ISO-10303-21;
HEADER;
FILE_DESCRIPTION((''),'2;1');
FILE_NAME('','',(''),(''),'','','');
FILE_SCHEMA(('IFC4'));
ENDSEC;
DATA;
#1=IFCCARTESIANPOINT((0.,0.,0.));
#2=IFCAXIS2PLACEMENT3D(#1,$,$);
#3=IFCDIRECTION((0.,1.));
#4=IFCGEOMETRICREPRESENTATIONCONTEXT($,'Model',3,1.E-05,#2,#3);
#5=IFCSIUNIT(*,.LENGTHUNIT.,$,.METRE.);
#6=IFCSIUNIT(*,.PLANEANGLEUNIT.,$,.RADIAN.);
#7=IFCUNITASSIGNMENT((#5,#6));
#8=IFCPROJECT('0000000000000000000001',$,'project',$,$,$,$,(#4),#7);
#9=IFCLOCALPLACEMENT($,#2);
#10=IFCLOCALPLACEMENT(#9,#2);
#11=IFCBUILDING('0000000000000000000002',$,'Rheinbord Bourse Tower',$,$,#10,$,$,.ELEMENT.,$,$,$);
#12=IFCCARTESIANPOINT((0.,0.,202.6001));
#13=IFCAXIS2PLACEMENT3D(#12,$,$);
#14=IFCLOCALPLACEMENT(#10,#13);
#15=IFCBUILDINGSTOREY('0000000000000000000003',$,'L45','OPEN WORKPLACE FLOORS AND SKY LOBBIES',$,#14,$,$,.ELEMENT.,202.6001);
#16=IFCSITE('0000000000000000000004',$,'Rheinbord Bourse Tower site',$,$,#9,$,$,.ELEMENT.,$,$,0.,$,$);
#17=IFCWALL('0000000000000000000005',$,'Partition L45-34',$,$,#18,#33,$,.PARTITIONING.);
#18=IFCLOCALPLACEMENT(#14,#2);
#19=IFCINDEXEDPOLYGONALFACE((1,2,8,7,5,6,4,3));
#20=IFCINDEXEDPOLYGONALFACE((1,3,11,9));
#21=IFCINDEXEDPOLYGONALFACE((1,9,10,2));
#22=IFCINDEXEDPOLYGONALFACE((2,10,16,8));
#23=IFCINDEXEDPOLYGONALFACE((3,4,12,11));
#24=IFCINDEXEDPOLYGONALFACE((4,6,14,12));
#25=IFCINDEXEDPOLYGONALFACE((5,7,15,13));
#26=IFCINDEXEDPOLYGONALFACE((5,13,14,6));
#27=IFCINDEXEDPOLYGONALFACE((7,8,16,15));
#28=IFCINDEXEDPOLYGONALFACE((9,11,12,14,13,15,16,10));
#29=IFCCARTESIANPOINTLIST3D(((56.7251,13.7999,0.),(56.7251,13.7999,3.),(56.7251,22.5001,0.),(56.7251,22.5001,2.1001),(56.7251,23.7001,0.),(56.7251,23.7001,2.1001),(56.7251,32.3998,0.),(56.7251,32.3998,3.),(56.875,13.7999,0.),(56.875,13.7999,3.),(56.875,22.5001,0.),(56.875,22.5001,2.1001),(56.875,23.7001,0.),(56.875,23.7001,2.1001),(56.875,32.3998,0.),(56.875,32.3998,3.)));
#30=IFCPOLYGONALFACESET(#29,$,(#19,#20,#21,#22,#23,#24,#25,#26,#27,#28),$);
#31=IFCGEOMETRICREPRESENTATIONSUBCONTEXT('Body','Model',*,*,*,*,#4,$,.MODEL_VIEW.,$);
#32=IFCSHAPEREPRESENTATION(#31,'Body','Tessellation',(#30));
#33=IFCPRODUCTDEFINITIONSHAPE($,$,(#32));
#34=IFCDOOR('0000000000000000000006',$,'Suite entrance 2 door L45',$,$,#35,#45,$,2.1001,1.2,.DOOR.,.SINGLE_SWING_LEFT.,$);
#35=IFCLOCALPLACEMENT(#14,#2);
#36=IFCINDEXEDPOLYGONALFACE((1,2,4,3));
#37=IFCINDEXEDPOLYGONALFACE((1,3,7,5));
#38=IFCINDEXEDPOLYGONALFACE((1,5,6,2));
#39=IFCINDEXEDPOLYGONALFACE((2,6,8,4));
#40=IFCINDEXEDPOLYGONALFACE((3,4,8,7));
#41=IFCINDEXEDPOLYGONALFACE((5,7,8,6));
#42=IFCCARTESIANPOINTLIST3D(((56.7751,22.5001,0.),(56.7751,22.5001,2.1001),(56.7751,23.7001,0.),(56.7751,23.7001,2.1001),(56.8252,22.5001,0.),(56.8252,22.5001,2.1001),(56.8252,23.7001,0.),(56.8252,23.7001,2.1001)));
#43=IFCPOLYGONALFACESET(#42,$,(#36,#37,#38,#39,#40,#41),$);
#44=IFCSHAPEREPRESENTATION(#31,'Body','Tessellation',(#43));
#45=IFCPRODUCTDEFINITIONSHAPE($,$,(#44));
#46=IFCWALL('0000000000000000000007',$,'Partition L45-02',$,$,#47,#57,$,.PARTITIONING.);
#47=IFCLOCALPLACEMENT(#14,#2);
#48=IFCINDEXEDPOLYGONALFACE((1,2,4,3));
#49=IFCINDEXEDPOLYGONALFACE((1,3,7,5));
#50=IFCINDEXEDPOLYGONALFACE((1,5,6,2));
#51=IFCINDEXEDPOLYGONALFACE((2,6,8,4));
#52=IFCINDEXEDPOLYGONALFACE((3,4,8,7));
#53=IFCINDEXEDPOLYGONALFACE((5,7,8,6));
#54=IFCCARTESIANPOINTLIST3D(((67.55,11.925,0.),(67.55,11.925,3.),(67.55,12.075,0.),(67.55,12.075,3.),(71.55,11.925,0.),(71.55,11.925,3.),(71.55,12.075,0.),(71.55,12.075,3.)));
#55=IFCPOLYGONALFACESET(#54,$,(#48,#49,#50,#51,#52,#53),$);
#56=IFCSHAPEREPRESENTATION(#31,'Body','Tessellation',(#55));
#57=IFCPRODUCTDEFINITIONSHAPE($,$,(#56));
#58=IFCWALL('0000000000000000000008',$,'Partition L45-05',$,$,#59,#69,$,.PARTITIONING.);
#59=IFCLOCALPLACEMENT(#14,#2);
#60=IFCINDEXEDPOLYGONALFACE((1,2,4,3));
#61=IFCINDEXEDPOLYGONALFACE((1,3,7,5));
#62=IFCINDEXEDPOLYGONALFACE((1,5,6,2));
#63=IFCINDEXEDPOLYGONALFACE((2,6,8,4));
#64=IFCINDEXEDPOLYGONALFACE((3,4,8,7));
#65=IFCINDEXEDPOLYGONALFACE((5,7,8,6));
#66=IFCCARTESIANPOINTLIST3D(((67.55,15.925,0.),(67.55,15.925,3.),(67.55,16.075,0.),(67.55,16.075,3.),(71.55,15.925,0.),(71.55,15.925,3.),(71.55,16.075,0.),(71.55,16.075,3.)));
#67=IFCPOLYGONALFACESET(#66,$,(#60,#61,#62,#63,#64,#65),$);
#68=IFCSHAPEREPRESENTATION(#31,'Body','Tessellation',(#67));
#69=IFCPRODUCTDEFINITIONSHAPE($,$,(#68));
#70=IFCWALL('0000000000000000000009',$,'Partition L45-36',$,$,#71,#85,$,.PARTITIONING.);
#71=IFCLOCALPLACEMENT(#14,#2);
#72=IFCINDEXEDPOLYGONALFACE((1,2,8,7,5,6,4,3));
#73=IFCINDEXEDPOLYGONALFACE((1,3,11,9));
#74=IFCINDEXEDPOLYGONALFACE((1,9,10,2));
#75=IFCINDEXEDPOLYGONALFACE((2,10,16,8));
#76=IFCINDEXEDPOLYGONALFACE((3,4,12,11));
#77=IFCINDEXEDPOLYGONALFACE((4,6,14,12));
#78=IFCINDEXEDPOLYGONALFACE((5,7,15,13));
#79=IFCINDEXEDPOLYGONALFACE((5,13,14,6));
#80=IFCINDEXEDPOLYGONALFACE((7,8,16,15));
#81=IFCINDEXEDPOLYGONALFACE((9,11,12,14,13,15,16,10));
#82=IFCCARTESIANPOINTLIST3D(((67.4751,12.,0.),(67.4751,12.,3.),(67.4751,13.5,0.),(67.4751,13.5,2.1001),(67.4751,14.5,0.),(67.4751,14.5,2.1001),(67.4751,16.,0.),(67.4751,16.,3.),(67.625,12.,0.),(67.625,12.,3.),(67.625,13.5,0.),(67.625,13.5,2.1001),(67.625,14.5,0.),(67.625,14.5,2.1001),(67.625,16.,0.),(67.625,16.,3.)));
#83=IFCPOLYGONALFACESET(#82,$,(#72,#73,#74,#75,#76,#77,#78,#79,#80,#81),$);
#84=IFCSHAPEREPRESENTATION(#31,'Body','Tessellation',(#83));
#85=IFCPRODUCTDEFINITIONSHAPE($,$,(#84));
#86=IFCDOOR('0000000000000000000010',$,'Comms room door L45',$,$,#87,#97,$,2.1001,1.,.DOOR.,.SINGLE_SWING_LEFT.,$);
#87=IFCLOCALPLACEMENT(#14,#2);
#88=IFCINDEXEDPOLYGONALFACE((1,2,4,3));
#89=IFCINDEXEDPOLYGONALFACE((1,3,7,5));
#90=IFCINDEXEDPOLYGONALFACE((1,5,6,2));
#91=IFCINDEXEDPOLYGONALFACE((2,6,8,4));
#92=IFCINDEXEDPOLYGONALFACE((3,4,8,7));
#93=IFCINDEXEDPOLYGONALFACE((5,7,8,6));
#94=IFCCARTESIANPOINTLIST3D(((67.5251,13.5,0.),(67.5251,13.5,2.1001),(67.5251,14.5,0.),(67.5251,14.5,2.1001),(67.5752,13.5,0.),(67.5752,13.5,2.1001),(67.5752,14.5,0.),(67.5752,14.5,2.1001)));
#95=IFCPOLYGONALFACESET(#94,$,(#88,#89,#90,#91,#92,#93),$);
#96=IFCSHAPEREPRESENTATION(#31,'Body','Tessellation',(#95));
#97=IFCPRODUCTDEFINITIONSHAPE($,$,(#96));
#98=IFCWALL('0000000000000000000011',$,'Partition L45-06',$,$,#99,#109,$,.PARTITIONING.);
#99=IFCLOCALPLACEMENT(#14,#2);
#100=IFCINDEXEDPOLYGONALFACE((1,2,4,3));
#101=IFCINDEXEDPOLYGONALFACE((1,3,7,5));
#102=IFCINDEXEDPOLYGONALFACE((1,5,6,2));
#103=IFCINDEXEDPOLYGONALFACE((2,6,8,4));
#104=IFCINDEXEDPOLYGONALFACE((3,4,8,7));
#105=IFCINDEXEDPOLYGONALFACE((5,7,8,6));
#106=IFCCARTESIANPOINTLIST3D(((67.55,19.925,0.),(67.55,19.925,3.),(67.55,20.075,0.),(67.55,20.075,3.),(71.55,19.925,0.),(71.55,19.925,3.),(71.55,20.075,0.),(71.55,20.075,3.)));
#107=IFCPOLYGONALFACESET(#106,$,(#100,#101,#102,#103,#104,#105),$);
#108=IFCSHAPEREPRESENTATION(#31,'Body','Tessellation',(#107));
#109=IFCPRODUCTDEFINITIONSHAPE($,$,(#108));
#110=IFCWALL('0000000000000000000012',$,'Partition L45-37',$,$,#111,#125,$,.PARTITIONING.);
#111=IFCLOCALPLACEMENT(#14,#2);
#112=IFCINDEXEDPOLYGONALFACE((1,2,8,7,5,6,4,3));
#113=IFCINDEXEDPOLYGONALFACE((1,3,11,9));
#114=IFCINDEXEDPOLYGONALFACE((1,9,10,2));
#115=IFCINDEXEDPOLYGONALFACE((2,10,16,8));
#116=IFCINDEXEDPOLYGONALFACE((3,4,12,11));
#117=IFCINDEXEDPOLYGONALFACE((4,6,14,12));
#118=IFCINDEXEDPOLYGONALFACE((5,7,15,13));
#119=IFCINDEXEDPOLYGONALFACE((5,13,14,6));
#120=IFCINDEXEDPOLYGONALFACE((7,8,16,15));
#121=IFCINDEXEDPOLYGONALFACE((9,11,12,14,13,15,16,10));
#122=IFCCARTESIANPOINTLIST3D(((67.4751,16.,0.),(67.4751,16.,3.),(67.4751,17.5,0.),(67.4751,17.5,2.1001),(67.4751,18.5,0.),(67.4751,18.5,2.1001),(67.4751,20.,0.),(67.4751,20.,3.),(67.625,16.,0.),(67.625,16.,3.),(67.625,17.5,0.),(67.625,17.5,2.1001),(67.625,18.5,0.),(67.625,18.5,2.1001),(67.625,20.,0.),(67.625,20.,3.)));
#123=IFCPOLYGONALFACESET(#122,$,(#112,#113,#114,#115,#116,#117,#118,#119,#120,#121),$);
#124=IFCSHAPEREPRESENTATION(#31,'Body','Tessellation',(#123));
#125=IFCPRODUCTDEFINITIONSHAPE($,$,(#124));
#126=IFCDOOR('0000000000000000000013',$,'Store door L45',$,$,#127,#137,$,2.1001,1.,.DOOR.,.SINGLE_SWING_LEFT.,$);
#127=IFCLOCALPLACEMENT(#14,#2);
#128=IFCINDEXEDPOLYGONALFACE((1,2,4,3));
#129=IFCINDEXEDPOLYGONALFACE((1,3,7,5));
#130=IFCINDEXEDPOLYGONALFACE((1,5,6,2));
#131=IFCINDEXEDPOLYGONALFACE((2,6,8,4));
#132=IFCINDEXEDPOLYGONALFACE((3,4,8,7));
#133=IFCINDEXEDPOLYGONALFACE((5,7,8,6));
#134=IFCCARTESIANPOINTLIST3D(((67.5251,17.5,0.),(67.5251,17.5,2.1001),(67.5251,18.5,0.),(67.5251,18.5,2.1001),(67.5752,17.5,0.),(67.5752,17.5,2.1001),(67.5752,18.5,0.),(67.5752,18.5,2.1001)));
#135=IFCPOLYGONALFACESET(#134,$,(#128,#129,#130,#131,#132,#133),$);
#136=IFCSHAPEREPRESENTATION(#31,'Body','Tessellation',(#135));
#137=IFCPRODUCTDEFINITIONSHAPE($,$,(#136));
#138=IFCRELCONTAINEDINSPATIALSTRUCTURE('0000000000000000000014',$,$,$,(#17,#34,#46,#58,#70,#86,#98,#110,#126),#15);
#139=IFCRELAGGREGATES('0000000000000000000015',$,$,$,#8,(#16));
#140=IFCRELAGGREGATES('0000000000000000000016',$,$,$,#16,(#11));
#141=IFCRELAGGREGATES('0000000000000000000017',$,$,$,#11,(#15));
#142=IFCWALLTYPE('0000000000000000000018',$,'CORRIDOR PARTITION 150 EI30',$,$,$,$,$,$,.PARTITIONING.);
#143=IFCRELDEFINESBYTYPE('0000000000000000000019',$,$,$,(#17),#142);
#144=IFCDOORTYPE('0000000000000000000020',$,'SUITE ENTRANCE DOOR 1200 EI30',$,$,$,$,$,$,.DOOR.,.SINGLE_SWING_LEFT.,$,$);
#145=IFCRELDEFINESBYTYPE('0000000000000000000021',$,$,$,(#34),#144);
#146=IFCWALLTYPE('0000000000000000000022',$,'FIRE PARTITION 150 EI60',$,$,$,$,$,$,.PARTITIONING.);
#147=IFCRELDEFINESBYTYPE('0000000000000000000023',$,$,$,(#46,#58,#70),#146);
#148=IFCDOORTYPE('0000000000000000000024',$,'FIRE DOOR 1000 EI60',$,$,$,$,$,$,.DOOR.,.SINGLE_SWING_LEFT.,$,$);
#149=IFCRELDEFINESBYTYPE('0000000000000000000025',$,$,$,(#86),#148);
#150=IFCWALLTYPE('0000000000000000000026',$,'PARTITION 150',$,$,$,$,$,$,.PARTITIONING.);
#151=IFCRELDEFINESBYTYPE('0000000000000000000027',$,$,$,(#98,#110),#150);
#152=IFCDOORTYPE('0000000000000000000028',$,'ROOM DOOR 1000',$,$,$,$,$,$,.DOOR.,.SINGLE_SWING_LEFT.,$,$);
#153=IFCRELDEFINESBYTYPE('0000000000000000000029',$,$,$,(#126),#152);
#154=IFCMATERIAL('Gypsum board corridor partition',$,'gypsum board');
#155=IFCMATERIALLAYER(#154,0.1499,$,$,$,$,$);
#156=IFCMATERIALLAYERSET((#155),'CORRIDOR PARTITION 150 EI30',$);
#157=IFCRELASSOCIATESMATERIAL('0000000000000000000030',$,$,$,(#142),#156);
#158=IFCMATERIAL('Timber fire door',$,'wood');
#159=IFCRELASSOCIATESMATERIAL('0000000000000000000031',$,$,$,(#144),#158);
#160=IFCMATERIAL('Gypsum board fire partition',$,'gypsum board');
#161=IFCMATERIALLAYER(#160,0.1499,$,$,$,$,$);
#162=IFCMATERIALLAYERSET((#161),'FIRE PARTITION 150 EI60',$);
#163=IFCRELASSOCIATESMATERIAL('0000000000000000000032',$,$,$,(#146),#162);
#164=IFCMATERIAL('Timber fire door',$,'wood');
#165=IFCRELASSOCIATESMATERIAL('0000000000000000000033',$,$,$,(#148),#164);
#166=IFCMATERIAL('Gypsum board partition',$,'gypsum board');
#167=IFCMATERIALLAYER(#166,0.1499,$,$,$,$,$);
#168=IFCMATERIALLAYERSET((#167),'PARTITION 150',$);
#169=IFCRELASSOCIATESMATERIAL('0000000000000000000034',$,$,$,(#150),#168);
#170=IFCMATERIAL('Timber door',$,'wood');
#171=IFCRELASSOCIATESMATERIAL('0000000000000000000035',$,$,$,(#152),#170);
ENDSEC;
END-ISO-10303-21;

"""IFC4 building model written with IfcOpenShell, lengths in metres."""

from ifc_helpers import new_model, si_unit, direction, frame, frame_2d, origin, place, context, subcontext, project, spatial, rectangle, extrude, material, layer, layer_set, type_object, element, fill, save


model = new_model("IFC4")

# Units and contexts
model_context = context("Model", 3, precision=1e-05, world=origin(), true_north=direction((0.0, 1.0)))
body_context = subcontext(model_context, "Body", "Model", "MODEL_VIEW")
ifc_project = project(units=[si_unit("LENGTHUNIT", "METRE"), si_unit("PLANEANGLEUNIT", "RADIAN")], contexts=[model_context])

# Site, building, storey
site_placement = place(None, origin())
site = spatial("IfcSite", under=ifc_project, at=site_placement, Name="Rheinbord Bourse Tower site", CompositionType="ELEMENT", RefElevation=0.0)
building_placement = place(site_placement, origin())
building = spatial("IfcBuilding", under=site, at=building_placement, Name="Rheinbord Bourse Tower", CompositionType="ELEMENT")
storey_placement = place(building_placement, frame((0.0, 0.0, 202.6001)))
storey = spatial("IfcBuildingStorey", under=building, at=storey_placement, Name="L45", Description="OPEN WORKPLACE FLOORS AND SKY LOBBIES", CompositionType="ELEMENT", Elevation=202.6001)

# Wall, opening, door
ifc_material_1 = material(Name="Gypsum board corridor partition", Category="gypsum board")
ifc_layer_1 = layer(ifc_material_1, 0.1499)
ifc_layer_set_1 = layer_set([ifc_layer_1], Name="CORRIDOR PARTITION 150 EI30")
wall_type_1 = type_object("IfcWallType", Name="CORRIDOR PARTITION 150 EI30", PredefinedType="PARTITIONING", material=ifc_layer_set_1)
wall_1_placement = place(storey_placement, frame((56.8, 13.8, 0.0), z_axis=(0.0, 0.0, 1.0), x_axis=(0.0, 1.0, 0.0)))
wall_1 = element("IfcWall", 1, at=wall_1_placement, inside=storey, type_object=wall_type_1, Name="Partition L45-34", PredefinedType="PARTITIONING", context=body_context, shape_type="SweptSolid", body=[
    extrude(rectangle(XDim=18.5999, YDim=0.1499, at=frame_2d((9.2998, 0.0))), origin(), (0.0, 0.0, 1.0), 3.0),
])
opening_1_placement = place(wall_1_placement, frame((8.7, 0.0, 0.0)))
opening_1 = element("IfcOpeningElement", 2, at=opening_1_placement, cuts=wall_1, PredefinedType="OPENING", context=body_context, shape_type="SweptSolid", body=[
    extrude(rectangle(XDim=1.2, YDim=2.1001, at=frame_2d((0.6001, 1.05))), frame((0.0, 0.085, 0.0), z_axis=(0.0, -1.0, 0.0), x_axis=(1.0, 0.0, 0.0)), (0.0, 0.0, 1.0), 0.1699),
])
ifc_material_2 = material(Name="Timber fire door", Category="wood")
door_type_1 = type_object("IfcDoorType", Name="SUITE ENTRANCE DOOR 1200 EI30", OperationType="SINGLE_SWING_LEFT", PredefinedType="DOOR", material=ifc_material_2)
door_1_placement = place(opening_1_placement, origin())
door_1 = element("IfcDoor", 3, at=door_1_placement, inside=storey, type_object=door_type_1, Name="Suite entrance 2 door L45", OperationType="SINGLE_SWING_LEFT", OverallHeight=2.1001, OverallWidth=1.2, PredefinedType="DOOR", context=body_context, shape_type="SweptSolid", body=[
    extrude(rectangle(XDim=1.2, YDim=2.1001, at=frame_2d((0.6001, 1.05))), frame((0.0, 0.0249, 0.0), z_axis=(0.0, -1.0, 0.0), x_axis=(1.0, 0.0, 0.0)), (0.0, 0.0, 1.0), 0.05),
])
fill(opening_1, door_1)

# Walls
ifc_material_3 = material(Name="Gypsum board fire partition", Category="gypsum board")
ifc_layer_2 = layer(ifc_material_3, 0.1499)
ifc_layer_set_2 = layer_set([ifc_layer_2], Name="FIRE PARTITION 150 EI60")
wall_type_2 = type_object("IfcWallType", Name="FIRE PARTITION 150 EI60", PredefinedType="PARTITIONING", material=ifc_layer_set_2)
for number, where, z_axis, x_axis, name in (
    (4, (67.55, 12.0, 0.0), (0.0, 0.0, 1.0), (1.0, 0.0, 0.0), "Partition L45-02"),
    (5, (67.55, 16.0, 0.0), (0.0, 0.0, 1.0), (1.0, 0.0, 0.0), "Partition L45-05"),
):
    element("IfcWall", number, at=place(storey_placement, frame(where, z_axis=z_axis, x_axis=x_axis)), inside=storey, type_object=wall_type_2, Name=name, PredefinedType="PARTITIONING", context=body_context, shape_type="SweptSolid", body=[
        extrude(rectangle(XDim=4.0, YDim=0.1499, at=frame_2d((2.0, 0.0))), origin(), (0.0, 0.0, 1.0), 3.0),
    ])

# Wall, opening, door
wall_2_placement = place(storey_placement, frame((67.55, 12.0, 0.0), z_axis=(0.0, 0.0, 1.0), x_axis=(0.0, 1.0, 0.0)))
wall_2 = element("IfcWall", 6, at=wall_2_placement, inside=storey, type_object=wall_type_2, Name="Partition L45-36", PredefinedType="PARTITIONING", context=body_context, shape_type="SweptSolid", body=[
    extrude(rectangle(XDim=4.0, YDim=0.1499, at=frame_2d((2.0, 0.0))), origin(), (0.0, 0.0, 1.0), 3.0),
])
opening_2_placement = place(wall_2_placement, frame((1.5, 0.0, 0.0)))
opening_2 = element("IfcOpeningElement", 7, at=opening_2_placement, cuts=wall_2, PredefinedType="OPENING", context=body_context, shape_type="SweptSolid", body=[
    extrude(rectangle(XDim=1.0, YDim=2.1001, at=frame_2d((0.5, 1.05))), frame((0.0, 0.085, 0.0), z_axis=(0.0, -1.0, 0.0), x_axis=(1.0, 0.0, 0.0)), (0.0, 0.0, 1.0), 0.1699),
])
ifc_material_4 = material(Name="Timber fire door", Category="wood")
door_type_2 = type_object("IfcDoorType", Name="FIRE DOOR 1000 EI60", OperationType="SINGLE_SWING_LEFT", PredefinedType="DOOR", material=ifc_material_4)
door_2_placement = place(opening_2_placement, origin())
door_2 = element("IfcDoor", 8, at=door_2_placement, inside=storey, type_object=door_type_2, Name="Comms room door L45", OperationType="SINGLE_SWING_LEFT", OverallHeight=2.1001, OverallWidth=1.0, PredefinedType="DOOR", context=body_context, shape_type="SweptSolid", body=[
    extrude(rectangle(XDim=1.0, YDim=2.1001, at=frame_2d((0.5, 1.05))), frame((0.0, 0.0249, 0.0), z_axis=(0.0, -1.0, 0.0), x_axis=(1.0, 0.0, 0.0)), (0.0, 0.0, 1.0), 0.05),
])
fill(opening_2, door_2)

# Wall
ifc_material_5 = material(Name="Gypsum board partition", Category="gypsum board")
ifc_layer_3 = layer(ifc_material_5, 0.1499)
ifc_layer_set_3 = layer_set([ifc_layer_3], Name="PARTITION 150")
wall_type_3 = type_object("IfcWallType", Name="PARTITION 150", PredefinedType="PARTITIONING", material=ifc_layer_set_3)
wall_3_placement = place(storey_placement, frame((67.55, 20.0, 0.0), z_axis=(0.0, 0.0, 1.0), x_axis=(1.0, 0.0, 0.0)))
element("IfcWall", 9, at=wall_3_placement, inside=storey, type_object=wall_type_3, Name="Partition L45-06", PredefinedType="PARTITIONING", context=body_context, shape_type="SweptSolid", body=[
    extrude(rectangle(XDim=4.0, YDim=0.1499, at=frame_2d((2.0, 0.0))), origin(), (0.0, 0.0, 1.0), 3.0),
])

# Wall, opening, door
wall_4_placement = place(storey_placement, frame((67.55, 16.0, 0.0), z_axis=(0.0, 0.0, 1.0), x_axis=(0.0, 1.0, 0.0)))
wall_4 = element("IfcWall", 10, at=wall_4_placement, inside=storey, type_object=wall_type_3, Name="Partition L45-37", PredefinedType="PARTITIONING", context=body_context, shape_type="SweptSolid", body=[
    extrude(rectangle(XDim=4.0, YDim=0.1499, at=frame_2d((2.0, 0.0))), origin(), (0.0, 0.0, 1.0), 3.0),
])
opening_3_placement = place(wall_4_placement, frame((1.5, 0.0, 0.0)))
opening_3 = element("IfcOpeningElement", 11, at=opening_3_placement, cuts=wall_4, PredefinedType="OPENING", context=body_context, shape_type="SweptSolid", body=[
    extrude(rectangle(XDim=1.0, YDim=2.1001, at=frame_2d((0.5, 1.05))), frame((0.0, 0.085, 0.0), z_axis=(0.0, -1.0, 0.0), x_axis=(1.0, 0.0, 0.0)), (0.0, 0.0, 1.0), 0.1699),
])
ifc_material_6 = material(Name="Timber door", Category="wood")
door_type_3 = type_object("IfcDoorType", Name="ROOM DOOR 1000", OperationType="SINGLE_SWING_LEFT", PredefinedType="DOOR", material=ifc_material_6)
door_3_placement = place(opening_3_placement, origin())
door_3 = element("IfcDoor", 12, at=door_3_placement, inside=storey, type_object=door_type_3, Name="Store door L45", OperationType="SINGLE_SWING_LEFT", OverallHeight=2.1001, OverallWidth=1.0, PredefinedType="DOOR", context=body_context, shape_type="SweptSolid", body=[
    extrude(rectangle(XDim=1.0, YDim=2.1001, at=frame_2d((0.5, 1.05))), frame((0.0, 0.0249, 0.0), z_axis=(0.0, -1.0, 0.0), x_axis=(1.0, 0.0, 0.0)), (0.0, 0.0, 1.0), 0.05),
])
fill(opening_3, door_3)

save(model, "model.ifc")
